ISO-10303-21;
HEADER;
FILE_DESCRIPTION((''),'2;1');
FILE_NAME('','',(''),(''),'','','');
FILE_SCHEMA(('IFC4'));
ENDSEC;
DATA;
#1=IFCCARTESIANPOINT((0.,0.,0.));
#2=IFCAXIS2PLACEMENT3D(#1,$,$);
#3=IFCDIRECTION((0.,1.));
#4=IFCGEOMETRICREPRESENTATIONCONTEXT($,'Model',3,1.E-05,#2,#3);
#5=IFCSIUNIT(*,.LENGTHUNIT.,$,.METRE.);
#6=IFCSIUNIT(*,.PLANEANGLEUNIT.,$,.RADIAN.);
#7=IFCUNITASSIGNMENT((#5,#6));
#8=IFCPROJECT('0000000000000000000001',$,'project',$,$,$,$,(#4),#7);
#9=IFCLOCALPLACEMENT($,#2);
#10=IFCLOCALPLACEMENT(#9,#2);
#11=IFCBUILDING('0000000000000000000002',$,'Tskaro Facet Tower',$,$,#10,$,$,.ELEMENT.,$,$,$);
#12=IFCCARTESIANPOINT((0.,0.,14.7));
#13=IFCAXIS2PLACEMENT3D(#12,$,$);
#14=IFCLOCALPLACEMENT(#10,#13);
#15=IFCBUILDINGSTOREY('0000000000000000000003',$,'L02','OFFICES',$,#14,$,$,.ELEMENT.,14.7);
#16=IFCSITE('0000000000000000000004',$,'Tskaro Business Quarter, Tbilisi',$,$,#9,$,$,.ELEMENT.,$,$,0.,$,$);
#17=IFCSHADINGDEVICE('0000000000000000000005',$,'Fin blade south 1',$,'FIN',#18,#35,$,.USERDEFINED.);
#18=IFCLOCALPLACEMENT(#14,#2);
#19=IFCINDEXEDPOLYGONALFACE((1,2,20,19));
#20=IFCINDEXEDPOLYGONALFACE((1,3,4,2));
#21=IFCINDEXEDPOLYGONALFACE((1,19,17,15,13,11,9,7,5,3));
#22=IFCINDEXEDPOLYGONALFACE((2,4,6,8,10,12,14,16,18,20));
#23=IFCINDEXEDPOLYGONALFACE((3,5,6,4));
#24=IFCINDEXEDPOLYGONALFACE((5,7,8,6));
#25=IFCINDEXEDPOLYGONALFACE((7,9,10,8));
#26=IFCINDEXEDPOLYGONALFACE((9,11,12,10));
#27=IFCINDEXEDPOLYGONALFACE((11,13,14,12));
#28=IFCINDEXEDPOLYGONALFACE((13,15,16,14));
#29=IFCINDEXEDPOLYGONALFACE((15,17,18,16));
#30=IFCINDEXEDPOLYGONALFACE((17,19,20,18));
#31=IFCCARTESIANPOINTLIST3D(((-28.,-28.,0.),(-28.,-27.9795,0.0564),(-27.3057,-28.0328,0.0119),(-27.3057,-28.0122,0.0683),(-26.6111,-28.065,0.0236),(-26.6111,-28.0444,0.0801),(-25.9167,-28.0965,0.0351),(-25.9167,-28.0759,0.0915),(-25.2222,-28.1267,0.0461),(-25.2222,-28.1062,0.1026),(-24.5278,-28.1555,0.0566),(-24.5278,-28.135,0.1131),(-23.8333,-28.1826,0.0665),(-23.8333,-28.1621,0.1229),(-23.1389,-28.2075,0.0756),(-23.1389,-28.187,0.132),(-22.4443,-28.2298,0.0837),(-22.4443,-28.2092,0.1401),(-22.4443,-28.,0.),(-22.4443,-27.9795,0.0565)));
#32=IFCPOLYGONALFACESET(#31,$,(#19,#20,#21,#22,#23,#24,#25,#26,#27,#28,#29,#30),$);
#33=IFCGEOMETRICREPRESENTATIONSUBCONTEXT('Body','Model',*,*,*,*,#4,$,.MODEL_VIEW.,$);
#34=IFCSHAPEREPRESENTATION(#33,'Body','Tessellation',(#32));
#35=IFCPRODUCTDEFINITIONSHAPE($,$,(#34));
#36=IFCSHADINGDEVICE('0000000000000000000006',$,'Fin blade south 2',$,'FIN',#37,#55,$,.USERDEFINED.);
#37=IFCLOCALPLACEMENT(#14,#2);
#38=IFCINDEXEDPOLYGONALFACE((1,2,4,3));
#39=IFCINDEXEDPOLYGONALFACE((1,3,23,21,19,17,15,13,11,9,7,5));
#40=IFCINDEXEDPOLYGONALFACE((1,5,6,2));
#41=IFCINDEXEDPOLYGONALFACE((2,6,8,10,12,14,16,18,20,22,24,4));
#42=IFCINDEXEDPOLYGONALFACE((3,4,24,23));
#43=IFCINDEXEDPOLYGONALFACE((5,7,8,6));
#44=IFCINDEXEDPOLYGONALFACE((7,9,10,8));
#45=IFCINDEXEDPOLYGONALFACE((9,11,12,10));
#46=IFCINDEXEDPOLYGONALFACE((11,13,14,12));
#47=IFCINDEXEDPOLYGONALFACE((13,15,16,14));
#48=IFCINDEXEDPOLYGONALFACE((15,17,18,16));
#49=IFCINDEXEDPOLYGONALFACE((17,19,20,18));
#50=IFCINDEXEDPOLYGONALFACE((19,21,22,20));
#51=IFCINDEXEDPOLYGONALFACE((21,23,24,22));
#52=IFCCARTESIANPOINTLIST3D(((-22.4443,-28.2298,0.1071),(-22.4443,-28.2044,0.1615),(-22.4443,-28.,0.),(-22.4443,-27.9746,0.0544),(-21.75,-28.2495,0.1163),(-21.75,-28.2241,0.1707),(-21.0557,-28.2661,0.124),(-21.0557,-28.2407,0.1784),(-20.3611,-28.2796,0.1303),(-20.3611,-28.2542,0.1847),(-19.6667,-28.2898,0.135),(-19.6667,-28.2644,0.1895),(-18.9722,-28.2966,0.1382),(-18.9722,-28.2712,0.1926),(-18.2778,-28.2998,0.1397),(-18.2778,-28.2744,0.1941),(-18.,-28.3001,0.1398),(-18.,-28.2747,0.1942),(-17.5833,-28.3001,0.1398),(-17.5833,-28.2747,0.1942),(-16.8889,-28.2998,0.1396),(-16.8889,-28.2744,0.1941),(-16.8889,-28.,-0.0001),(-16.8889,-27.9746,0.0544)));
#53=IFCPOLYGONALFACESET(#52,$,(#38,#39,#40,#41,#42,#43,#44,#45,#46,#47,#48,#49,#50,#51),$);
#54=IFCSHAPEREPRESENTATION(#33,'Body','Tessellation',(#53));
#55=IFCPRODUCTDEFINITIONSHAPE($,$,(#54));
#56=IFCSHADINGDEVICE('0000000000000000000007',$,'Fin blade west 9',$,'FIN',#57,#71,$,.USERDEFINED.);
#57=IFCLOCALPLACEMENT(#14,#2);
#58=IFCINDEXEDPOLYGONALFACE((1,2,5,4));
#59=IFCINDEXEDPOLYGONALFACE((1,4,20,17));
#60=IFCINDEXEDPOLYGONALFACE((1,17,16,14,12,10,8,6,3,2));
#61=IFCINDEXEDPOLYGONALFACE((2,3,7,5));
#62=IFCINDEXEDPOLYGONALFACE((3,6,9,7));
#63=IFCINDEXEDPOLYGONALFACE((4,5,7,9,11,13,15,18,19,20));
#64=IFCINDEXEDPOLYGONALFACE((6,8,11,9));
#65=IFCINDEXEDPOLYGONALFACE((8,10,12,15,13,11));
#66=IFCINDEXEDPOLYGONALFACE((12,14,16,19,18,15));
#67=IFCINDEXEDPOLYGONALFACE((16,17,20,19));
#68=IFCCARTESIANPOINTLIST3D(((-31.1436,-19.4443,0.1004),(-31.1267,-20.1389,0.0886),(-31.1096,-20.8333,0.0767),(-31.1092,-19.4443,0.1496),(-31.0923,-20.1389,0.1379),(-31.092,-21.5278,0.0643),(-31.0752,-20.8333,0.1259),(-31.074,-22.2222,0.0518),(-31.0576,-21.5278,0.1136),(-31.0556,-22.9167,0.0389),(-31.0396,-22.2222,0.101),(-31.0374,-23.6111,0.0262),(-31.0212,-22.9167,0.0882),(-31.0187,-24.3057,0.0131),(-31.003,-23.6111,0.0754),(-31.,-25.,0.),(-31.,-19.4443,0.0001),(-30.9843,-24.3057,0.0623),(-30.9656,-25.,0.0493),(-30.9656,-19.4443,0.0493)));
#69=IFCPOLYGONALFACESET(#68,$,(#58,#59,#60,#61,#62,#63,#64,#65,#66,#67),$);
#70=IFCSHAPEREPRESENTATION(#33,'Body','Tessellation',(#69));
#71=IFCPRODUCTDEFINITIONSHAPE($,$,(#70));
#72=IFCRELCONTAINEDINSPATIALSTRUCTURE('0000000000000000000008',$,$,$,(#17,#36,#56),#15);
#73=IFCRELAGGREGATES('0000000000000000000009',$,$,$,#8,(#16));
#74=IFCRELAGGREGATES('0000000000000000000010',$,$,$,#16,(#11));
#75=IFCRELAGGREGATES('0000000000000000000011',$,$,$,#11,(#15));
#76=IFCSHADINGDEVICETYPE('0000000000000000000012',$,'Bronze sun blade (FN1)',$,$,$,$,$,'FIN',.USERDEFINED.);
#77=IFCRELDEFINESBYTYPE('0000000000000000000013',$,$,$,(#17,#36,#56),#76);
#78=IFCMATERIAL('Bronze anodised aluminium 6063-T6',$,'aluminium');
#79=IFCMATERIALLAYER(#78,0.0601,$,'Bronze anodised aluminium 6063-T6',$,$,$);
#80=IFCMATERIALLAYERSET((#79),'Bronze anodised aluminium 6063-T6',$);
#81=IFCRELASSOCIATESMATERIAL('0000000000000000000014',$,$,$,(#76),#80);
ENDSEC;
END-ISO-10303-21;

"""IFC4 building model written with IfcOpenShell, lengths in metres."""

from ifc_helpers import new_model, si_unit, direction, frame, origin, place, context, subcontext, project, spatial, polyline, outline, extrude, material, layer, layer_set, type_object, element, save


model = new_model("IFC4")

# Units and contexts
model_context = context("Model", 3, precision=1e-05, world=origin(), true_north=direction((0.0, 1.0)))
body_context = subcontext(model_context, "Body", "Model", "MODEL_VIEW")
ifc_project = project(units=[si_unit("LENGTHUNIT", "METRE"), si_unit("PLANEANGLEUNIT", "RADIAN")], contexts=[model_context])

# Site, building, storey
site_placement = place(None, origin())
site = spatial("IfcSite", under=ifc_project, at=site_placement, Name="Tskaro Business Quarter, Tbilisi", CompositionType="ELEMENT", RefElevation=0.0)
building_placement = place(site_placement, origin())
building = spatial("IfcBuilding", under=site, at=building_placement, Name="Tskaro Facet Tower", CompositionType="ELEMENT")
storey_placement = place(building_placement, frame((0.0, 0.0, 14.7)))
storey = spatial("IfcBuildingStorey", under=building, at=storey_placement, Name="L02", Description="OFFICES", CompositionType="ELEMENT", Elevation=14.7)

# Shared definitions
ifc_material_1 = material(Name="Bronze anodised aluminium 6063-T6", Category="aluminium")

# Shading devices
ifc_layer_1 = layer(ifc_material_1, 0.0601, Name="Bronze anodised aluminium 6063-T6")
ifc_layer_set_1 = layer_set([ifc_layer_1], Name="Bronze anodised aluminium 6063-T6")
shading_device_type = type_object("IfcShadingDeviceType", Name="Bronze sun blade (FN1)", ElementType="FIN", PredefinedType="USERDEFINED", material=ifc_layer_set_1)
shading_device_1_placement = place(storey_placement, frame((-28.0, -27.9795, 0.0564), z_axis=(-0.000013, 0.342128, 0.939653), x_axis=(1.0, 0.000005, 0.000013)))
element("IfcShadingDevice", 1, at=shading_device_1_placement, inside=storey, type_object=shading_device_type, Name="Fin blade south 1", ObjectType="FIN", PredefinedType="USERDEFINED", context=body_context, shape_type="SweptSolid", body=[
    extrude(outline(polyline([(0.0, 0.0), (5.5557, 0.0), (5.5557, -0.2445), (4.8611, -0.2208), (4.1667, -0.1943), (3.4722, -0.1655), (2.7778, -0.1348), (2.0833, -0.1026), (1.3889, -0.0691), (0.6943, -0.0348), (0.0, 0.0)])), origin(), (0.0, 0.0, -1.0), 0.0601),
])
shading_device_2_placement = place(storey_placement, frame((-22.4443, -27.9746, 0.0544), z_axis=(0.000014, 0.422408, 0.906406), x_axis=(1.0, -0.000006, -0.000013)))
element("IfcShadingDevice", 2, at=shading_device_2_placement, inside=storey, type_object=shading_device_type, Name="Fin blade south 2", ObjectType="FIN", PredefinedType="USERDEFINED", context=body_context, shape_type="SweptSolid", body=[
    extrude(outline(polyline([(0.0, 0.0), (5.5554, 0.0), (5.5554, -0.3307), (4.8611, -0.3311), (4.4443, -0.3311), (4.1665, -0.3307), (3.4722, -0.3272), (2.7776, -0.3197), (2.0833, -0.3084), (1.3887, -0.2936), (0.6943, -0.2752), (0.0, -0.2535), (0.0, 0.0)])), origin(), (0.0, 0.0, -1.0), 0.0601),
])
shading_device_3_placement = place(storey_placement, frame((-30.9656, -19.4443, 0.0493), z_axis=(0.57266, -0.00001, 0.819793), x_axis=(-0.000006, -1.0, -0.000008)))
element("IfcShadingDevice", 3, at=shading_device_3_placement, inside=storey, type_object=shading_device_type, Name="Fin blade west 9", ObjectType="FIN", PredefinedType="USERDEFINED", context=body_context, shape_type="SweptSolid", body=[
    extrude(outline(polyline([(0.0, 0.0), (5.5557, 0.0), (4.8613, -0.0228), (4.1667, -0.0456), (3.4724, -0.0679), (2.7778, -0.0903), (2.0835, -0.1122), (1.3889, -0.1338), (0.6946, -0.1546), (0.0, -0.1751), (0.0, 0.0)])), origin(), (0.0, 0.0, -1.0), 0.0601),
])

save(model, "model.ifc")
